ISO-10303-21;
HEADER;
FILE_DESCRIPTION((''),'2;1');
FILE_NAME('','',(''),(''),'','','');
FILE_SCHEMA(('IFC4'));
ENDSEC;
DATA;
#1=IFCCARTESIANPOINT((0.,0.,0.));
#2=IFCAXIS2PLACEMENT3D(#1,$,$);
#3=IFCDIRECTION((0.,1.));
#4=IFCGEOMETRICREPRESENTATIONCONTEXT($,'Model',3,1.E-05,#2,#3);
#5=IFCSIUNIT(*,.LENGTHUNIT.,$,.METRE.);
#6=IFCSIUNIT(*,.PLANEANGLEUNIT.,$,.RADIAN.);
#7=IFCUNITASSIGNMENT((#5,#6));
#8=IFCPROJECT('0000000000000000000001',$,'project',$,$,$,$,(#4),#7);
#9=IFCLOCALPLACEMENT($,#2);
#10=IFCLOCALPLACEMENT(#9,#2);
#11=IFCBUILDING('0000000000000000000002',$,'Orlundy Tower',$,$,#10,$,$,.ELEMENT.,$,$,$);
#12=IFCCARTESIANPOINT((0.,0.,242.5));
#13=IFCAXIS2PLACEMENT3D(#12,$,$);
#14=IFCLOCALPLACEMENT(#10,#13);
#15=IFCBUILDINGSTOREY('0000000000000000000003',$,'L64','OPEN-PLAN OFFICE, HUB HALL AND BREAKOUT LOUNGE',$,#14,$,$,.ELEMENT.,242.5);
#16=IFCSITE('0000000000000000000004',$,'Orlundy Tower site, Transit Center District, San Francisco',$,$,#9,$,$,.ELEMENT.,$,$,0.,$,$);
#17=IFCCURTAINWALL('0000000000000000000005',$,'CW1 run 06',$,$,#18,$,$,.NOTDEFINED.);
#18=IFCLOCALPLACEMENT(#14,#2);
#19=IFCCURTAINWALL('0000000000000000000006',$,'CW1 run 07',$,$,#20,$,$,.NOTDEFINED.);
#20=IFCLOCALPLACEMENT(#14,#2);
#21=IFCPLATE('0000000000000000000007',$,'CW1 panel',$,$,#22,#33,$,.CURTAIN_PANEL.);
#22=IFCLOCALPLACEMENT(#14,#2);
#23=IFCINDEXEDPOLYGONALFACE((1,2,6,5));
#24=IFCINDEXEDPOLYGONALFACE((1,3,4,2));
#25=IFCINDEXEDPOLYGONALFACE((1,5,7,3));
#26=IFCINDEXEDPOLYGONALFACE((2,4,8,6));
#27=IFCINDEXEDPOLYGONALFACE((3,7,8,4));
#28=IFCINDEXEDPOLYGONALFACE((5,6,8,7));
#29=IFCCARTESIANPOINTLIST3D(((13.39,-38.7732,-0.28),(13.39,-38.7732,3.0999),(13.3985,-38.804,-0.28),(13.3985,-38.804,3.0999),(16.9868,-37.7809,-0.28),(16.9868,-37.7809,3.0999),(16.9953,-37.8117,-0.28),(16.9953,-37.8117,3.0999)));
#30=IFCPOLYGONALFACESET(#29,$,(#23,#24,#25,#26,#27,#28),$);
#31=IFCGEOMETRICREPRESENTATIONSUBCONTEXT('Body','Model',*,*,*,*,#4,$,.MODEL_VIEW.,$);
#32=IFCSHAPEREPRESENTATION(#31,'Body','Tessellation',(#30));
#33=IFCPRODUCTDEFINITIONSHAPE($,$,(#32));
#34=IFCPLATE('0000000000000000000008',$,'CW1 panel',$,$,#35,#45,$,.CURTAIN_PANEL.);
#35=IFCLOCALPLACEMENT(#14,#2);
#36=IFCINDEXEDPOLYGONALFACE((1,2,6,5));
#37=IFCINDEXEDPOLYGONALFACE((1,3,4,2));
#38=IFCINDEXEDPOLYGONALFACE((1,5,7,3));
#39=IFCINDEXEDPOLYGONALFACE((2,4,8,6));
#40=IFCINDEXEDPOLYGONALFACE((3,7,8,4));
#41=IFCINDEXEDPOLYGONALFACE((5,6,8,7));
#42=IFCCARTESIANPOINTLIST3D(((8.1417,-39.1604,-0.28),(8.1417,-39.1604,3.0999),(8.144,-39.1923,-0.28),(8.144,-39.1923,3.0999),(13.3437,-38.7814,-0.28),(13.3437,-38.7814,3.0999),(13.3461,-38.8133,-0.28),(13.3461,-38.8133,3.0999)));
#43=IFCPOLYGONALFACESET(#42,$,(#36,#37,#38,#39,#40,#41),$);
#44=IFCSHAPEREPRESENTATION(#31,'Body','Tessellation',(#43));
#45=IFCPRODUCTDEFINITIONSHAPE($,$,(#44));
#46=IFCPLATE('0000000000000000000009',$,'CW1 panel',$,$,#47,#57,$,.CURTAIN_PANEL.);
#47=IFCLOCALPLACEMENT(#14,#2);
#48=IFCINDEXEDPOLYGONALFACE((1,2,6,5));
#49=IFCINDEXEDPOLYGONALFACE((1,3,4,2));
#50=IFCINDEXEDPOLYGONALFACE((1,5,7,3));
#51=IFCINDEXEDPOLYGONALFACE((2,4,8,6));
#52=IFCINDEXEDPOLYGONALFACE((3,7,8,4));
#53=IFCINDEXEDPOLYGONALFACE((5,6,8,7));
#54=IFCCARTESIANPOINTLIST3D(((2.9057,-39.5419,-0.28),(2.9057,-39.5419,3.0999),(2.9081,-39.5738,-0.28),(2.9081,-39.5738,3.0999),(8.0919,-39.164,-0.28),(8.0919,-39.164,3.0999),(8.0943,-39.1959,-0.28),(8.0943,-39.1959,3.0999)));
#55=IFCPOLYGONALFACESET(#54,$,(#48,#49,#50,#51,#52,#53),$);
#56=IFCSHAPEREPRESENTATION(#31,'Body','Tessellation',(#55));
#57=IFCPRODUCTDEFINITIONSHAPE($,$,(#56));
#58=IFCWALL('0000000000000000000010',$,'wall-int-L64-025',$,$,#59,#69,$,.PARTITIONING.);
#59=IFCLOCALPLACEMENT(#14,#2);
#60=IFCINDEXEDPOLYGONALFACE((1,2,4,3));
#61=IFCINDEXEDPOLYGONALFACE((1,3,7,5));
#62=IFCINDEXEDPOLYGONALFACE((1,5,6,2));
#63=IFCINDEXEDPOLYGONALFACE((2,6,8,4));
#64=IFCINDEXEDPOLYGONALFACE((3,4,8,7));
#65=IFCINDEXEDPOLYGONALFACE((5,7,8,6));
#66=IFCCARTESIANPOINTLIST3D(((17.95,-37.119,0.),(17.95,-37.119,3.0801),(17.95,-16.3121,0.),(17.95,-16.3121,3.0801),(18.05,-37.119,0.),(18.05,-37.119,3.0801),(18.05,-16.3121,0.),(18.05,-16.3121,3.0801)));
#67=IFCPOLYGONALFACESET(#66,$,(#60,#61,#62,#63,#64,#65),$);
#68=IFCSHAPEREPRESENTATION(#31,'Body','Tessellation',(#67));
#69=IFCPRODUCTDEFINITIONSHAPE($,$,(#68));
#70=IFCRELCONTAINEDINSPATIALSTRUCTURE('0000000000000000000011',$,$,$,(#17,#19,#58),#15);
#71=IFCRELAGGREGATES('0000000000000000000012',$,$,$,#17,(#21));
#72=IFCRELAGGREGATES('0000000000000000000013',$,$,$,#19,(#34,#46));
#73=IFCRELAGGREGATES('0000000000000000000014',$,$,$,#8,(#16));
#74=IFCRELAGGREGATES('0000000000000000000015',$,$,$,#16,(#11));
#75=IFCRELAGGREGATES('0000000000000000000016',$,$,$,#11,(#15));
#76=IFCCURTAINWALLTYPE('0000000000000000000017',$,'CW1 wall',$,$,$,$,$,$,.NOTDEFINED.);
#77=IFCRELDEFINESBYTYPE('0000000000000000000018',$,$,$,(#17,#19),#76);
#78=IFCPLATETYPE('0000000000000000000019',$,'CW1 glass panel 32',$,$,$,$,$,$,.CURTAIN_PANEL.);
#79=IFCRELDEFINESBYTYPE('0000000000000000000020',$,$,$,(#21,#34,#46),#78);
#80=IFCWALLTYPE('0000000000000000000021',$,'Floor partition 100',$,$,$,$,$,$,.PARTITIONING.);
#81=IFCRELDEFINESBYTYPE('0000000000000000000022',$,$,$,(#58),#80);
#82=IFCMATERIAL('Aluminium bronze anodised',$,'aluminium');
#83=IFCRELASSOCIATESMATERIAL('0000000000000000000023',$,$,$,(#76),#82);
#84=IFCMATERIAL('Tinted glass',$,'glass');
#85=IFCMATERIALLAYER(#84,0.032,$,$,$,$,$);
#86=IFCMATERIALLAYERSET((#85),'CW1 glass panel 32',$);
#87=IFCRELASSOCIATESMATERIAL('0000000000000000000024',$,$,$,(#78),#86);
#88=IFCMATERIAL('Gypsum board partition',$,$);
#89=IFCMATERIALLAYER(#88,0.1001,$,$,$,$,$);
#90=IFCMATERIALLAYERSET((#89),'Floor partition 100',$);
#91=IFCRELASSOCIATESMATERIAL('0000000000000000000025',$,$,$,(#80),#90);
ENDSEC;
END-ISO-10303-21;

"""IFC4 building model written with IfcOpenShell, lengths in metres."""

from ifc_helpers import new_model, si_unit, direction, frame, frame_2d, origin, origin_2d, place, context, subcontext, project, spatial, rectangle, extrude, material, layer, layer_set, type_object, element, aggregate, save


model = new_model("IFC4")

# Units and contexts
model_context = context("Model", 3, precision=1e-05, world=origin(), true_north=direction((0.0, 1.0)))
body_context = subcontext(model_context, "Body", "Model", "MODEL_VIEW")
ifc_project = project(units=[si_unit("LENGTHUNIT", "METRE"), si_unit("PLANEANGLEUNIT", "RADIAN")], contexts=[model_context])

# Site, building, storey
site_placement = place(None, origin())
site = spatial("IfcSite", under=ifc_project, at=site_placement, Name="Orlundy Tower site, Transit Center District, San Francisco", CompositionType="ELEMENT", RefElevation=0.0)
building_placement = place(site_placement, origin())
building = spatial("IfcBuilding", under=site, at=building_placement, Name="Orlundy Tower", CompositionType="ELEMENT")
storey_placement = place(building_placement, frame((0.0, 0.0, 242.5)))
storey = spatial("IfcBuildingStorey", under=building, at=storey_placement, Name="L64", Description="OPEN-PLAN OFFICE, HUB HALL AND BREAKOUT LOUNGE", CompositionType="ELEMENT", Elevation=242.5)

# Curtain wall
ifc_material_1 = material(Name="Aluminium bronze anodised", Category="aluminium")
curtain_wall_type = type_object("IfcCurtainWallType", Name="CW1 wall", PredefinedType="NOTDEFINED", material=ifc_material_1)
curtain_wall_1_placement = place(storey_placement, origin())
curtain_wall_1 = element("IfcCurtainWall", 1, at=curtain_wall_1_placement, inside=storey, type_object=curtain_wall_type, Name="CW1 run 06", PredefinedType="NOTDEFINED")

# Curtain wall
curtain_wall_2_placement = place(storey_placement, origin())
curtain_wall_2 = element("IfcCurtainWall", 2, at=curtain_wall_2_placement, inside=storey, type_object=curtain_wall_type, Name="CW1 run 07", PredefinedType="NOTDEFINED")

# Plates
ifc_material_2 = material(Name="Tinted glass", Category="glass")
ifc_layer_1 = layer(ifc_material_2, 0.032)
ifc_layer_set_1 = layer_set([ifc_layer_1], Name="CW1 glass panel 32")
plate_type = type_object("IfcPlateType", Name="CW1 glass panel 32", PredefinedType="CURTAIN_PANEL", material=ifc_layer_set_1)
plate_1_placement = place(storey_placement, frame((15.1926, -38.2925, -0.28), z_axis=(0.0, 0.0, 1.0), x_axis=(-0.963988, -0.265946, 0.0)))
plate_1 = element("IfcPlate", 3, at=plate_1_placement, type_object=plate_type, Name="CW1 panel", PredefinedType="CURTAIN_PANEL", context=body_context, shape_type="SweptSolid", body=[
    extrude(rectangle(XDim=3.7312, YDim=0.032, at=origin_2d()), origin(), (0.0, 0.0, 1.0), 3.3799),
])
aggregate(curtain_wall_1, [plate_1])
plate_2_placement = place(storey_placement, frame((10.7439, -38.9868, -0.28), z_axis=(0.0, 0.0, 1.0), x_axis=(-0.997356, -0.072668, 0.0)))
plate_2 = element("IfcPlate", 4, at=plate_2_placement, type_object=plate_type, Name="CW1 panel", PredefinedType="CURTAIN_PANEL", context=body_context, shape_type="SweptSolid", body=[
    extrude(rectangle(XDim=5.2158, YDim=0.032, at=origin_2d()), origin(), (0.0, 0.0, 1.0), 3.3799),
])
plate_3_placement = place(storey_placement, frame((5.5, -39.3689, -0.28), z_axis=(0.0, 0.0, 1.0), x_axis=(-0.997356, -0.072668, 0.0)))
plate_3 = element("IfcPlate", 5, at=plate_3_placement, type_object=plate_type, Name="CW1 panel", PredefinedType="CURTAIN_PANEL", context=body_context, shape_type="SweptSolid", body=[
    extrude(rectangle(XDim=5.2, YDim=0.032, at=origin_2d()), origin(), (0.0, 0.0, 1.0), 3.3799),
])
aggregate(curtain_wall_2, [plate_2, plate_3])

# Wall
ifc_material_3 = material(Name="Gypsum board partition")
ifc_layer_2 = layer(ifc_material_3, 0.1001)
ifc_layer_set_2 = layer_set([ifc_layer_2], Name="Floor partition 100")
wall_type = type_object("IfcWallType", Name="Floor partition 100", PredefinedType="PARTITIONING", material=ifc_layer_set_2)
wall_placement = place(storey_placement, frame((18.0, -37.1189, 0.0), z_axis=(0.0, 0.0, 1.0), x_axis=(0.0, 1.0, 0.0)))
element("IfcWall", 6, at=wall_placement, inside=storey, type_object=wall_type, Name="wall-int-L64-025", PredefinedType="PARTITIONING", context=body_context, shape_type="SweptSolid", body=[
    extrude(rectangle(XDim=20.8069, YDim=0.1001, at=frame_2d((10.4033, 0.0))), origin(), (0.0, 0.0, 1.0), 3.0801),
])

save(model, "model.ifc")
